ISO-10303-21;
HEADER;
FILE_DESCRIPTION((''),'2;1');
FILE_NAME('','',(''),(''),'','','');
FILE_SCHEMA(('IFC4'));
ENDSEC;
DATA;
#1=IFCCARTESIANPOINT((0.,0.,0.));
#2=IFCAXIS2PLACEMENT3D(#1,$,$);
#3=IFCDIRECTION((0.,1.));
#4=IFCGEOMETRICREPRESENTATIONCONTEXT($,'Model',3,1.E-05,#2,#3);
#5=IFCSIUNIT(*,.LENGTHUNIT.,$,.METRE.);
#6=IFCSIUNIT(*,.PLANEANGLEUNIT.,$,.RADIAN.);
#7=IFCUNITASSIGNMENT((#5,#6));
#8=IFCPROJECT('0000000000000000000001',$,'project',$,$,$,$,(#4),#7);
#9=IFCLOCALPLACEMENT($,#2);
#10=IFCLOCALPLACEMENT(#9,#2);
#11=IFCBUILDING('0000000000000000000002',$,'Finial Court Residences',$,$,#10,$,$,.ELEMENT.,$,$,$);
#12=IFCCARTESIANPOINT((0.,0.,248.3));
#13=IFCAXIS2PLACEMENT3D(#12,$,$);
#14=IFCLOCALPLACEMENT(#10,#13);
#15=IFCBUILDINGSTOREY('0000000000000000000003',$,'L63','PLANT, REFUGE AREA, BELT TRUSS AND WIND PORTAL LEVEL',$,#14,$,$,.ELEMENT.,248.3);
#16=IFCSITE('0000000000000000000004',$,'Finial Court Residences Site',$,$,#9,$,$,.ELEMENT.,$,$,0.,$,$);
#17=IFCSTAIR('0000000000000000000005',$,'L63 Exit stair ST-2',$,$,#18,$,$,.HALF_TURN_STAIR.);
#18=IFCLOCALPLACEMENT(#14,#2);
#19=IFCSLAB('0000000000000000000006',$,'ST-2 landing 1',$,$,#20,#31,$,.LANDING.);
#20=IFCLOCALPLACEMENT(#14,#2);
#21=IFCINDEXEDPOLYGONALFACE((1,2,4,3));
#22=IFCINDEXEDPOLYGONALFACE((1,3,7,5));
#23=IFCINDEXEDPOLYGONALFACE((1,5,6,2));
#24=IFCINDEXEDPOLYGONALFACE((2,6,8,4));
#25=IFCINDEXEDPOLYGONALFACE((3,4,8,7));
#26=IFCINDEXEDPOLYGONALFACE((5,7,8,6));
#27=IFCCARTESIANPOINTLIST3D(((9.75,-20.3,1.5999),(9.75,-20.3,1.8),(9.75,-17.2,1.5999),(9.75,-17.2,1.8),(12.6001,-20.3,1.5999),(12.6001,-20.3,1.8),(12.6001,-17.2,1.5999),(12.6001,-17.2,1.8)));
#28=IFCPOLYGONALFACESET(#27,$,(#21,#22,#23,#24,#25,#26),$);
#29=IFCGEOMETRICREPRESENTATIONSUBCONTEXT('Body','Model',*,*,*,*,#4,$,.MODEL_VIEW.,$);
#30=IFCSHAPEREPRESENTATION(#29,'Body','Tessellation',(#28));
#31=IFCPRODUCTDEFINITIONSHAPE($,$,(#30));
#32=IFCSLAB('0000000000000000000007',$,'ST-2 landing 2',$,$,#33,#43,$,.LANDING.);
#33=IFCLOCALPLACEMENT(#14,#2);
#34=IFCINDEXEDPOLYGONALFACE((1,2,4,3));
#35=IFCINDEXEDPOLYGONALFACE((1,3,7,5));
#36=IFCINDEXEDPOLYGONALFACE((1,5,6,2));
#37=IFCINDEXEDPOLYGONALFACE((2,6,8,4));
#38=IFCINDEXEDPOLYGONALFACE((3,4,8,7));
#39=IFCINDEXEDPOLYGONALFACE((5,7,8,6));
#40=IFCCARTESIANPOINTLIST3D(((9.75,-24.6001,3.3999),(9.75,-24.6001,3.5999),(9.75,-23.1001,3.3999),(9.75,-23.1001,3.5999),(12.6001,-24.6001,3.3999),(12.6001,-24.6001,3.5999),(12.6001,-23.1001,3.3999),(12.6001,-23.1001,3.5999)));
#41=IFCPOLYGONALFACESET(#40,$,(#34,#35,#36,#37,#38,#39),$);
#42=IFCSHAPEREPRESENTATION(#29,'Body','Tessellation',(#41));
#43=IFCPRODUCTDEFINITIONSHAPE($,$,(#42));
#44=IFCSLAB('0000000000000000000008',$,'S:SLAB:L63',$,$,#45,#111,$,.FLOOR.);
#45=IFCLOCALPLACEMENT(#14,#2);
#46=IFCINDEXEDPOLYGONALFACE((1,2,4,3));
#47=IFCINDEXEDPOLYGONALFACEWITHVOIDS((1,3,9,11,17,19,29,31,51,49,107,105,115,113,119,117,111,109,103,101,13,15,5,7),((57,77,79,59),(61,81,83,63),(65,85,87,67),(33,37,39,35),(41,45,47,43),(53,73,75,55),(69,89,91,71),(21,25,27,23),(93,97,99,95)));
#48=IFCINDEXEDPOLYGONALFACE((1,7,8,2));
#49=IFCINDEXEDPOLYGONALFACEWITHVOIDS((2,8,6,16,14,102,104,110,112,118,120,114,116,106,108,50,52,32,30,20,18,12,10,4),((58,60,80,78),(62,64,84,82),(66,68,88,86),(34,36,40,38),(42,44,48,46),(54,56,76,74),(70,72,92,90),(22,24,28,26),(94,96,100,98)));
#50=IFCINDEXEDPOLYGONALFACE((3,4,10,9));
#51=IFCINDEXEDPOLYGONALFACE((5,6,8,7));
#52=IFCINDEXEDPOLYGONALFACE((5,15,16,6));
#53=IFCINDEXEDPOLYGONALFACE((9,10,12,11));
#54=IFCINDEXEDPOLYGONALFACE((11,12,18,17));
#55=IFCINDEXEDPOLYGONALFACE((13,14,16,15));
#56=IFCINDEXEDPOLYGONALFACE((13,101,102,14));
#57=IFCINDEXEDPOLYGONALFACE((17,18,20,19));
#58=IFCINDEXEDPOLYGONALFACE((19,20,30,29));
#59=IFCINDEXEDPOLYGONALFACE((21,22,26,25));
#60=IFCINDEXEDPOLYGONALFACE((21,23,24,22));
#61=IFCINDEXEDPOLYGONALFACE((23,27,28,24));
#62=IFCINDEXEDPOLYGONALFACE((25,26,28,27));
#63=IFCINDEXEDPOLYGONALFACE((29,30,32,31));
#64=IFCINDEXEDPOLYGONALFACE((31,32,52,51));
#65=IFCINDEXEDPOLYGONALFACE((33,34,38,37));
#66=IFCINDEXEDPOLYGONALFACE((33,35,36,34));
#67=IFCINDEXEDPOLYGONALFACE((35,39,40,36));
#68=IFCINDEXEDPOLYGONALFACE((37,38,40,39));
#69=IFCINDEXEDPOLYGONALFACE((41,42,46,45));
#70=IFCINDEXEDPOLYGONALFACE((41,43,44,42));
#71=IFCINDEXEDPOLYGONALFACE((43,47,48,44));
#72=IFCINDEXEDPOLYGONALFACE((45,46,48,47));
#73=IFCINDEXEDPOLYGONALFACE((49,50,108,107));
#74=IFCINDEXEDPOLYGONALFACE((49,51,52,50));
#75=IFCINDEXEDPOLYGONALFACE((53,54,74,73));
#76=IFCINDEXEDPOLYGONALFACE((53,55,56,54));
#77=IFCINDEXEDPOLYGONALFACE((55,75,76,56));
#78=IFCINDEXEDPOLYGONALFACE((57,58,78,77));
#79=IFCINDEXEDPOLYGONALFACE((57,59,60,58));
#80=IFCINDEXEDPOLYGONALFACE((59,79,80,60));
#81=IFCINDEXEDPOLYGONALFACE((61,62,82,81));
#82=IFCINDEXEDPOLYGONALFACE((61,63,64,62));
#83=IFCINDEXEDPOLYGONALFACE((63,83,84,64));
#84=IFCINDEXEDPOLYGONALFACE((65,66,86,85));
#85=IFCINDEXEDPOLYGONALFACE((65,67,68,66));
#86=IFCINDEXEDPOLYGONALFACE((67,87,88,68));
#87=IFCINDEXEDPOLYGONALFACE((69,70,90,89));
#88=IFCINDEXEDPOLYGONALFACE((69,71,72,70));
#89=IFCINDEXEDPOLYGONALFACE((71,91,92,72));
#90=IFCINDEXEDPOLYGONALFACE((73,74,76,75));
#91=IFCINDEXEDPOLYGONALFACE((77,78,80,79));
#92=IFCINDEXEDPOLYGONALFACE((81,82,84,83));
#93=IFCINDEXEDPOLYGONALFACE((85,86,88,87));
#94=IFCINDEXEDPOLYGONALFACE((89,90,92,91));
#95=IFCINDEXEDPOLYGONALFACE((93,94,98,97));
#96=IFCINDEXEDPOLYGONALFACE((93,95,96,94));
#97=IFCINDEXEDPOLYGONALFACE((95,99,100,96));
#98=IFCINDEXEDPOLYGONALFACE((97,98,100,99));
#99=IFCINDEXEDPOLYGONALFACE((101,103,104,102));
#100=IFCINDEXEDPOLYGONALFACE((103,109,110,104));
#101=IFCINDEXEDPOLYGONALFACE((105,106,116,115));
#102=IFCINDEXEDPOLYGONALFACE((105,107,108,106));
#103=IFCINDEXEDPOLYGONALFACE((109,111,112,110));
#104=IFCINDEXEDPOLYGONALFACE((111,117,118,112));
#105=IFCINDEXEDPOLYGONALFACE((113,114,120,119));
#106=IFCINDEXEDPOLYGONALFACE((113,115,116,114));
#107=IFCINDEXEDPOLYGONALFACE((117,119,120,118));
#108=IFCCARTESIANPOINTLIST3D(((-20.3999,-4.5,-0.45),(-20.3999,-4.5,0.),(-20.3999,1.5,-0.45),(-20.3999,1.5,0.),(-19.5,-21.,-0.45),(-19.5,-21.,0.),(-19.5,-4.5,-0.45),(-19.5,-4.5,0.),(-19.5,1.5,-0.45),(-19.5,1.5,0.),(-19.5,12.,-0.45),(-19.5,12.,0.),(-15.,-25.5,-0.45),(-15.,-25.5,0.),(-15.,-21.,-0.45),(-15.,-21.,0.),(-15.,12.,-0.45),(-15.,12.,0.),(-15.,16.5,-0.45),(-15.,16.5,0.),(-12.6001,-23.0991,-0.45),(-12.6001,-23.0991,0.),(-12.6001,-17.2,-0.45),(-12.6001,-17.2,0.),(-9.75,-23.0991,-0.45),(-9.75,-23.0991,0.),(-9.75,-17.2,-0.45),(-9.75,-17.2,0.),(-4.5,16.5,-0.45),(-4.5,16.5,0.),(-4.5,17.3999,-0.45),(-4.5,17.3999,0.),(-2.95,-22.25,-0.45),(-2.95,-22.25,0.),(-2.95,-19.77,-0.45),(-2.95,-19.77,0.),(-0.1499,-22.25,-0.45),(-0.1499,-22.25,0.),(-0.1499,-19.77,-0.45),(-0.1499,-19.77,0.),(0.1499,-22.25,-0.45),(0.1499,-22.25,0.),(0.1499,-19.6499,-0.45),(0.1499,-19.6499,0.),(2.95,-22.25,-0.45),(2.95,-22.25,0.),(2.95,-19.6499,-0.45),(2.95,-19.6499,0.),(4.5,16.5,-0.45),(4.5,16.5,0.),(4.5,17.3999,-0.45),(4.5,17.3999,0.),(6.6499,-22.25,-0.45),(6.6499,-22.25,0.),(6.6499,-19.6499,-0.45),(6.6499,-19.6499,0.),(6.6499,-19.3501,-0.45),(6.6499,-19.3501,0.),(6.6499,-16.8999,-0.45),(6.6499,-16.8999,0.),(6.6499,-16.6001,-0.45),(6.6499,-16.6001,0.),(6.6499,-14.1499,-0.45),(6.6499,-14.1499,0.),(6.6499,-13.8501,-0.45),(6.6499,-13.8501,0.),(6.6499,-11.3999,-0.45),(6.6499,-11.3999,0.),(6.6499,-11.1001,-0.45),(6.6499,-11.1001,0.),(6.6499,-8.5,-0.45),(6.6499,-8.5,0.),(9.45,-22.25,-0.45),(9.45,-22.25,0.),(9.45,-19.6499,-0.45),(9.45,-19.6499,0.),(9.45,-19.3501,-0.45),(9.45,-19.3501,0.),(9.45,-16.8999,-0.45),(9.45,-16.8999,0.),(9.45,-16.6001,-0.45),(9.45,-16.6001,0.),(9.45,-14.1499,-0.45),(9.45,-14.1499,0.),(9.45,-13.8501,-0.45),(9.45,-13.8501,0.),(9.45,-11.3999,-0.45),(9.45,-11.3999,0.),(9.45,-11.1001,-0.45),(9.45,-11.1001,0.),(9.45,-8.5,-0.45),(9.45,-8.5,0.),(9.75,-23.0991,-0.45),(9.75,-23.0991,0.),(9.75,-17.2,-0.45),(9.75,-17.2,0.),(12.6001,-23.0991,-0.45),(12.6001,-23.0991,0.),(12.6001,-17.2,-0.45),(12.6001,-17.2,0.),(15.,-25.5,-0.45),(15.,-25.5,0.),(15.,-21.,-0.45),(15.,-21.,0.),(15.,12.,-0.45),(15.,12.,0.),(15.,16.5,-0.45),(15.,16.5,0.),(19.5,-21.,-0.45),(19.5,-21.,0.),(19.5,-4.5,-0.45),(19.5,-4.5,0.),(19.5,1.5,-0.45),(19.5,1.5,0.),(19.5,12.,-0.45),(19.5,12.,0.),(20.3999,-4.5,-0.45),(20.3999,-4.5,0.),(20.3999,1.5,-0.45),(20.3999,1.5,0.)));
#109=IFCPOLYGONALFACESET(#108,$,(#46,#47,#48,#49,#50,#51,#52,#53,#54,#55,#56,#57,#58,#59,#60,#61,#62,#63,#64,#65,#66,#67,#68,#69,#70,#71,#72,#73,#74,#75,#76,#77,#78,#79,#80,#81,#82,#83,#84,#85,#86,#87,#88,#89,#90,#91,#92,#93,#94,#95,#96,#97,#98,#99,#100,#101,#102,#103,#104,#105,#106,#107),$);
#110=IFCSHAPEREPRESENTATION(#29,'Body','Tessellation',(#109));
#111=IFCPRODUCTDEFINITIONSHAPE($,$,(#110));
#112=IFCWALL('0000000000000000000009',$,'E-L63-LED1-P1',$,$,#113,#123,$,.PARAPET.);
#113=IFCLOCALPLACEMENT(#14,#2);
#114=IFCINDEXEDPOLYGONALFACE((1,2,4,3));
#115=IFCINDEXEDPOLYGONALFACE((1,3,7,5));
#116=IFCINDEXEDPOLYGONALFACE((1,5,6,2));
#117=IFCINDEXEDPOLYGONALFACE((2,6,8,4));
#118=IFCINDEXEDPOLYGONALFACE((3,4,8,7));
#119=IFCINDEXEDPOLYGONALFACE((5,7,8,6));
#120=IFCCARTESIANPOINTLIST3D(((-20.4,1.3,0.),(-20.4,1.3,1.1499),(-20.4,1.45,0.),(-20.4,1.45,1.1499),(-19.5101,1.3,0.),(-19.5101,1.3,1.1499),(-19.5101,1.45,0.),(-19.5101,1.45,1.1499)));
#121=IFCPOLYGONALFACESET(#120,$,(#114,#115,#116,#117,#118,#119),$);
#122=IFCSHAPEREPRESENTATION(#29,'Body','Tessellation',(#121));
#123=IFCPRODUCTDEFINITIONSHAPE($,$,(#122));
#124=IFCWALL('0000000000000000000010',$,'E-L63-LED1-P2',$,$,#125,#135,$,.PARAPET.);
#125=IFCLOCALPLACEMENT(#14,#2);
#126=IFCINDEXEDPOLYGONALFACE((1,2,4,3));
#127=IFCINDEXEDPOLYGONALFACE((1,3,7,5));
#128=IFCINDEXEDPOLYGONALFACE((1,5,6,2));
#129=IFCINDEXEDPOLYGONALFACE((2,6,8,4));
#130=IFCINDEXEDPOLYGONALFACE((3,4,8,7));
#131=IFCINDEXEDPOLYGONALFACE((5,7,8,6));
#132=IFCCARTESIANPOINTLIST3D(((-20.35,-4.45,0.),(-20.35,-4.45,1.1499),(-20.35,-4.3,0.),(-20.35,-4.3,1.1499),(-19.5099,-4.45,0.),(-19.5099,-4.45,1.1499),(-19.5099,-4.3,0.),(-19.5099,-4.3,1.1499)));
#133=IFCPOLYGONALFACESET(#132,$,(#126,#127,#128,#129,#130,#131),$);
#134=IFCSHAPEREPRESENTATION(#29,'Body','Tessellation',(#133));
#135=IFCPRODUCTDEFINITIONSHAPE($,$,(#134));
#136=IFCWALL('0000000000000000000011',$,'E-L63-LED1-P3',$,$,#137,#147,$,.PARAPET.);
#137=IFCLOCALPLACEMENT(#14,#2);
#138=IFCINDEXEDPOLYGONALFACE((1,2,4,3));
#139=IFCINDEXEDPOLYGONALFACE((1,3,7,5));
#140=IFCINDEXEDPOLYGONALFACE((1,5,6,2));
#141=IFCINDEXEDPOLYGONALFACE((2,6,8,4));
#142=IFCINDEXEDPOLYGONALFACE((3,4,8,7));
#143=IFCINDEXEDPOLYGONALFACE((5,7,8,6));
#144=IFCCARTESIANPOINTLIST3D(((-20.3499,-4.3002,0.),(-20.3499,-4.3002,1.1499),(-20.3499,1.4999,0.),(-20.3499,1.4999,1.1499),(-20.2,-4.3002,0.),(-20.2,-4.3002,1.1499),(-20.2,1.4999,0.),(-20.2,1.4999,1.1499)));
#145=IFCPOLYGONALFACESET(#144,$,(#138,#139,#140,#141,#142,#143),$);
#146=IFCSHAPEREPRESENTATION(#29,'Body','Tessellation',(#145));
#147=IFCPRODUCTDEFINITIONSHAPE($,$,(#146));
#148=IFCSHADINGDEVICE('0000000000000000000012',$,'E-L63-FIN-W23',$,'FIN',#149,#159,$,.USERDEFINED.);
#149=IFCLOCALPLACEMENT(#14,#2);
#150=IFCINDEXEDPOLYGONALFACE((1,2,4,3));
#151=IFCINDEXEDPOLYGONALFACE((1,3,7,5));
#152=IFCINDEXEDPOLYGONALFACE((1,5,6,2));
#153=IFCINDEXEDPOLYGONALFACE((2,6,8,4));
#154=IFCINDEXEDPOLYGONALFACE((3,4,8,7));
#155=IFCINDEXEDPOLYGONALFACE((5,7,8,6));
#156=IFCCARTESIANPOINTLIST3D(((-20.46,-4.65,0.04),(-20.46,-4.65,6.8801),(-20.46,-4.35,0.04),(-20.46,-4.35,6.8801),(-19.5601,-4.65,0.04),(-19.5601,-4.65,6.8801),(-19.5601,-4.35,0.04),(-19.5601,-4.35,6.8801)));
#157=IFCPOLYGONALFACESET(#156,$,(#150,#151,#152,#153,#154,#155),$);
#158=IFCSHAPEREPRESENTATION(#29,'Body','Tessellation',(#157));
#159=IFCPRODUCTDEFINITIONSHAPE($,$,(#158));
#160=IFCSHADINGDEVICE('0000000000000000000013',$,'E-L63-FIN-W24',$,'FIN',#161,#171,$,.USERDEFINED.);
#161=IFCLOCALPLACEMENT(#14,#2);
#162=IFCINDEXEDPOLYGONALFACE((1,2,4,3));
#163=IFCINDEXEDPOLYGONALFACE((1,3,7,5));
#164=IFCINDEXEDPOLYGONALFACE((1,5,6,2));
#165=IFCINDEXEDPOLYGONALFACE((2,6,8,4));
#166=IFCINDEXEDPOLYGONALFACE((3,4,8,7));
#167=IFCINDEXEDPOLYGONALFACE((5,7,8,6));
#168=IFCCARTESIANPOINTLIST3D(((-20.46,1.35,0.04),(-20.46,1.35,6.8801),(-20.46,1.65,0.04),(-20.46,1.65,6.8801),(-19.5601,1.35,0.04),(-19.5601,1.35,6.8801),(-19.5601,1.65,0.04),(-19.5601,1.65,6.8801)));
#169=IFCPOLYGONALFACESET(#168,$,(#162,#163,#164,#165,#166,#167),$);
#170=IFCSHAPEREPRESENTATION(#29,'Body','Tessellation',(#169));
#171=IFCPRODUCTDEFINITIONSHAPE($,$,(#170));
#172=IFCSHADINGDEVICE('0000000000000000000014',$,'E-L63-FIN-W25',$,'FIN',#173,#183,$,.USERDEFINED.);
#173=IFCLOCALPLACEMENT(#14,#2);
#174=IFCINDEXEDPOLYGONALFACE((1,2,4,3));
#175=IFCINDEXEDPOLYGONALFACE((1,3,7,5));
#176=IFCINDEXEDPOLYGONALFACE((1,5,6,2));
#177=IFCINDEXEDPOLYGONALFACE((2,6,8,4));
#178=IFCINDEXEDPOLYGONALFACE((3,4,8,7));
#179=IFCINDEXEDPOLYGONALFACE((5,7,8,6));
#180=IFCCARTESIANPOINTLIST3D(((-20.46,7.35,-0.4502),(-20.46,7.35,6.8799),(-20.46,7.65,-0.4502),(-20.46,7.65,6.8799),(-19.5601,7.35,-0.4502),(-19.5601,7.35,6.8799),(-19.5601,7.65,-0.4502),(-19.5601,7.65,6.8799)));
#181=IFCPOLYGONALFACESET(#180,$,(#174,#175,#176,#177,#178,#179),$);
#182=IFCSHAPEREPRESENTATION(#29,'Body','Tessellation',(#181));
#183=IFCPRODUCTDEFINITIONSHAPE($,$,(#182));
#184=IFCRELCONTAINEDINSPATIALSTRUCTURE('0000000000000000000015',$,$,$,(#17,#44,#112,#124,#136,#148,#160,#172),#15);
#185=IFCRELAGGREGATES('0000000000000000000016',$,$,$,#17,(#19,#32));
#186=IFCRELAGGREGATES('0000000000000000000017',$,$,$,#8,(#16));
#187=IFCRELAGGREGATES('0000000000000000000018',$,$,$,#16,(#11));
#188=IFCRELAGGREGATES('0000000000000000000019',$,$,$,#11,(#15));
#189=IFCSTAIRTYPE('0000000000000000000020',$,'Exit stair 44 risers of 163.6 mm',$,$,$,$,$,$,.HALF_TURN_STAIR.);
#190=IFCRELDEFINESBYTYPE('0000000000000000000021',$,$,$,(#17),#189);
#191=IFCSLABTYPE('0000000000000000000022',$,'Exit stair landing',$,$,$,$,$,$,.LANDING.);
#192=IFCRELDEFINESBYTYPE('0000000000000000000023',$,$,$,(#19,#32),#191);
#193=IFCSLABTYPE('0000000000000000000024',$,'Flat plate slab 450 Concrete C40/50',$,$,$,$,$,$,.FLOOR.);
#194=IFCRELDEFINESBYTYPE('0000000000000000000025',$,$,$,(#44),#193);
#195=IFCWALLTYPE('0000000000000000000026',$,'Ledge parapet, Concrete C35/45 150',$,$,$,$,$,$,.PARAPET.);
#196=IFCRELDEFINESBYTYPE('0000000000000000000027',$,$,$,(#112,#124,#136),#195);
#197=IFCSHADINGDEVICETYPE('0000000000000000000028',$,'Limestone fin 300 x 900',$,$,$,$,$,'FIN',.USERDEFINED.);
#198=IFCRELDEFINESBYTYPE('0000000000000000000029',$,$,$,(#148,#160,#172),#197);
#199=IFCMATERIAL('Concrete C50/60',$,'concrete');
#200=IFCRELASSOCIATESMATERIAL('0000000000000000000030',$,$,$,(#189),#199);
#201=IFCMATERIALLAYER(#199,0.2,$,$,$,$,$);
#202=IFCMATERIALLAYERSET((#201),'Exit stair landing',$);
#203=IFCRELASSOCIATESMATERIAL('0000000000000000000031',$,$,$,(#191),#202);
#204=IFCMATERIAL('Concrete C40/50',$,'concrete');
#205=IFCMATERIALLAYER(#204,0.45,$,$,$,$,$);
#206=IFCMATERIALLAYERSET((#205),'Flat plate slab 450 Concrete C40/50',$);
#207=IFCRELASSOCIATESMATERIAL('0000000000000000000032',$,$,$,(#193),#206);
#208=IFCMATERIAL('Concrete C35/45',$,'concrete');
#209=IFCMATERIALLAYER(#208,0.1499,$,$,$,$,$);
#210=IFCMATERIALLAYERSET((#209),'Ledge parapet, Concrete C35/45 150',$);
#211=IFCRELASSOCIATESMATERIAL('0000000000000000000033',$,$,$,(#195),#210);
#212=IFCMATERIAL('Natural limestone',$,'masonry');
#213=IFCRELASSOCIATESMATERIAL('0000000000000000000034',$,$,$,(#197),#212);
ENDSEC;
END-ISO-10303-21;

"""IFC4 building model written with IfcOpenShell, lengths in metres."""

from ifc_helpers import new_model, si_unit, direction, frame, frame_2d, origin, origin_2d, place, context, subcontext, project, spatial, polyline, rectangle, outline, extrude, material, layer, layer_set, type_object, element, aggregate, save


model = new_model("IFC4")

# Units and contexts
model_context = context("Model", 3, precision=1e-05, world=origin(), true_north=direction((0.0, 1.0)))
body_context = subcontext(model_context, "Body", "Model", "MODEL_VIEW")
ifc_project = project(units=[si_unit("LENGTHUNIT", "METRE"), si_unit("PLANEANGLEUNIT", "RADIAN")], contexts=[model_context])

# Site, building, storey
site_placement = place(None, origin())
site = spatial("IfcSite", under=ifc_project, at=site_placement, Name="Finial Court Residences Site", CompositionType="ELEMENT", RefElevation=0.0)
building_placement = place(site_placement, origin())
building = spatial("IfcBuilding", under=site, at=building_placement, Name="Finial Court Residences", CompositionType="ELEMENT")
storey_placement = place(building_placement, frame((0.0, 0.0, 248.3)))
storey = spatial("IfcBuildingStorey", under=building, at=storey_placement, Name="L63", Description="PLANT, REFUGE AREA, BELT TRUSS AND WIND PORTAL LEVEL", CompositionType="ELEMENT", Elevation=248.3)

# Shared definitions
ifc_material_1 = material(Name="Concrete C50/60", Category="concrete")

# Stair, slabs
stair_type = type_object("IfcStairType", Name="Exit stair 44 risers of 163.6 mm", PredefinedType="HALF_TURN_STAIR", material=ifc_material_1)
ifc_layer_1 = layer(ifc_material_1, 0.2)
ifc_layer_set_1 = layer_set([ifc_layer_1], Name="Exit stair landing")
slab_type_1 = type_object("IfcSlabType", Name="Exit stair landing", PredefinedType="LANDING", material=ifc_layer_set_1)
stair_1_placement = place(storey_placement, origin())
stair_1 = element("IfcStair", 1, at=stair_1_placement, inside=storey, type_object=stair_type, Name="L63 Exit stair ST-2", PredefinedType="HALF_TURN_STAIR")
slab_1_placement = place(storey_placement, frame((0.0, 0.0, 1.5999)))
slab_1 = element("IfcSlab", 2, at=slab_1_placement, type_object=slab_type_1, Name="ST-2 landing 1", PredefinedType="LANDING", context=body_context, shape_type="SweptSolid", body=[
    extrude(outline(polyline([(12.6001, -20.3), (12.6001, -17.2), (9.75, -17.2), (9.75, -20.3), (12.6001, -20.3)])), origin(), (0.0, 0.0, 1.0), 0.2002),
])
slab_2_placement = place(storey_placement, frame((0.0, 0.0, 3.3999)))
slab_2 = element("IfcSlab", 3, at=slab_2_placement, type_object=slab_type_1, Name="ST-2 landing 2", PredefinedType="LANDING", context=body_context, shape_type="SweptSolid", body=[
    extrude(outline(polyline([(12.6001, -24.6001), (12.6001, -23.1001), (9.75, -23.1001), (9.75, -24.6001), (12.6001, -24.6001)])), origin(), (0.0, 0.0, 1.0), 0.2),
])
aggregate(stair_1, [slab_1, slab_2])

# Slab
ifc_material_2 = material(Name="Concrete C40/50", Category="concrete")
ifc_layer_2 = layer(ifc_material_2, 0.45)
ifc_layer_set_2 = layer_set([ifc_layer_2], Name="Flat plate slab 450 Concrete C40/50")
slab_type_2 = type_object("IfcSlabType", Name="Flat plate slab 450 Concrete C40/50", PredefinedType="FLOOR", material=ifc_layer_set_2)
slab_3_placement = place(storey_placement, frame((0.0, 0.0, -0.45)))
element("IfcSlab", 4, at=slab_3_placement, inside=storey, type_object=slab_type_2, Name="S:SLAB:L63", PredefinedType="FLOOR", context=body_context, shape_type="SweptSolid", body=[
    extrude(outline(polyline([(-19.5, -21.0), (-19.5, -4.5), (-20.3999, -4.5), (-20.3999, 1.5), (-19.5, 1.5), (-19.5, 12.0), (-15.0, 12.0), (-15.0, 16.5), (-4.5, 16.5), (-4.5, 17.3999), (4.5, 17.3999), (4.5, 16.5), (15.0, 16.5), (15.0, 12.0), (19.5, 12.0), (19.5, 1.5), (20.3999, 1.5), (20.3999, -4.5), (19.5, -4.5), (19.5, -21.0), (15.0, -21.0), (15.0, -25.5), (-15.0, -25.5), (-15.0, -21.0), (-19.5, -21.0)]), holes=[polyline([(-0.1499, -19.77), (-2.95, -19.77), (-2.95, -22.25), (-0.1499, -22.25), (-0.1499, -19.77)]), polyline([(2.95, -19.6499), (0.1499, -19.6499), (0.1499, -22.25), (2.95, -22.25), (2.95, -19.6499)]), polyline([(9.45, -19.6499), (6.6499, -19.6499), (6.6499, -22.25), (9.45, -22.25), (9.45, -19.6499)]), polyline([(-12.6001, -17.2), (-12.6001, -23.0991), (-9.75, -23.0991), (-9.75, -17.2), (-12.6001, -17.2)]), polyline([(9.75, -17.2), (9.75, -23.0991), (12.6001, -23.0991), (12.6001, -17.2), (9.75, -17.2)]), polyline([(9.45, -16.8999), (6.6499, -16.8999), (6.6499, -19.3501), (9.45, -19.3501), (9.45, -16.8999)]), polyline([(9.45, -14.1499), (6.6499, -14.1499), (6.6499, -16.6001), (9.45, -16.6001), (9.45, -14.1499)]), polyline([(9.45, -13.8501), (9.45, -11.3999), (6.6499, -11.3999), (6.6499, -13.8501), (9.45, -13.8501)]), polyline([(9.45, -11.1001), (9.45, -8.5), (6.6499, -8.5), (6.6499, -11.1001), (9.45, -11.1001)])]), origin(), (0.0, 0.0, 1.0), 0.45),
])

# Walls
ifc_material_3 = material(Name="Concrete C35/45", Category="concrete")
ifc_layer_3 = layer(ifc_material_3, 0.1499)
ifc_layer_set_3 = layer_set([ifc_layer_3], Name="Ledge parapet, Concrete C35/45 150")
wall_type = type_object("IfcWallType", Name="Ledge parapet, Concrete C35/45 150", PredefinedType="PARAPET", material=ifc_layer_set_3)
wall_1_placement = place(storey_placement, frame((-20.3999, 1.375, 0.0), z_axis=(0.0, 0.0, 1.0), x_axis=(1.0, 0.0, 0.0)))
element("IfcWall", 5, at=wall_1_placement, inside=storey, type_object=wall_type, Name="E-L63-LED1-P1", PredefinedType="PARAPET", context=body_context, shape_type="SweptSolid", body=[
    extrude(rectangle(XDim=0.8899, YDim=0.1499, at=frame_2d((0.4448, 0.0))), origin(), (0.0, 0.0, 1.0), 1.1499),
])
wall_2_placement = place(storey_placement, frame((-19.51, -4.375, 0.0), z_axis=(0.0, 0.0, 1.0), x_axis=(-1.0, 0.0, 0.0)))
element("IfcWall", 6, at=wall_2_placement, inside=storey, type_object=wall_type, Name="E-L63-LED1-P2", PredefinedType="PARAPET", context=body_context, shape_type="SweptSolid", body=[
    extrude(rectangle(XDim=0.8401, YDim=0.1499, at=frame_2d((0.4199, 0.0))), origin(), (0.0, 0.0, 1.0), 1.1499),
])
wall_3_placement = place(storey_placement, frame((-20.2749, -4.3, 0.0), z_axis=(0.0, 0.0, 1.0), x_axis=(0.0, 1.0, 0.0)))
element("IfcWall", 7, at=wall_3_placement, inside=storey, type_object=wall_type, Name="E-L63-LED1-P3", PredefinedType="PARAPET", context=body_context, shape_type="SweptSolid", body=[
    extrude(rectangle(XDim=5.8, YDim=0.1499, at=frame_2d((2.8999, 0.0))), origin(), (0.0, 0.0, 1.0), 1.1499),
])

# Shading devices
ifc_material_4 = material(Name="Natural limestone", Category="masonry")
shading_device_type = type_object("IfcShadingDeviceType", Name="Limestone fin 300 x 900", ElementType="FIN", PredefinedType="USERDEFINED", material=ifc_material_4)
for number, where, z_axis, x_axis, name in (
    (8, (-20.01, -4.5, 0.04), (0.0, 0.0, 1.0), (1.0, 0.0, 0.0), "E-L63-FIN-W23"),
    (9, (-20.01, 1.5, 0.04), (0.0, 0.0, 1.0), (1.0, 0.0, 0.0), "E-L63-FIN-W24"),
):
    element("IfcShadingDevice", number, at=place(storey_placement, frame(where, z_axis=z_axis, x_axis=x_axis)), inside=storey, type_object=shading_device_type, Name=name, ObjectType="FIN", PredefinedType="USERDEFINED", context=body_context, shape_type="SweptSolid", body=[
        extrude(rectangle(XDim=0.8999, YDim=0.3, at=origin_2d()), origin(), (0.0, 0.0, 1.0), 6.8401),
    ])
shading_device_placement = place(storey_placement, frame((-20.01, 7.5, -0.4502), z_axis=(0.0, 0.0, 1.0), x_axis=(1.0, 0.0, 0.0)))
element("IfcShadingDevice", 10, at=shading_device_placement, inside=storey, type_object=shading_device_type, Name="E-L63-FIN-W25", ObjectType="FIN", PredefinedType="USERDEFINED", context=body_context, shape_type="SweptSolid", body=[
    extrude(rectangle(XDim=0.8999, YDim=0.3, at=origin_2d()), origin(), (0.0, 0.0, 1.0), 7.3301),
])

save(model, "model.ifc")
